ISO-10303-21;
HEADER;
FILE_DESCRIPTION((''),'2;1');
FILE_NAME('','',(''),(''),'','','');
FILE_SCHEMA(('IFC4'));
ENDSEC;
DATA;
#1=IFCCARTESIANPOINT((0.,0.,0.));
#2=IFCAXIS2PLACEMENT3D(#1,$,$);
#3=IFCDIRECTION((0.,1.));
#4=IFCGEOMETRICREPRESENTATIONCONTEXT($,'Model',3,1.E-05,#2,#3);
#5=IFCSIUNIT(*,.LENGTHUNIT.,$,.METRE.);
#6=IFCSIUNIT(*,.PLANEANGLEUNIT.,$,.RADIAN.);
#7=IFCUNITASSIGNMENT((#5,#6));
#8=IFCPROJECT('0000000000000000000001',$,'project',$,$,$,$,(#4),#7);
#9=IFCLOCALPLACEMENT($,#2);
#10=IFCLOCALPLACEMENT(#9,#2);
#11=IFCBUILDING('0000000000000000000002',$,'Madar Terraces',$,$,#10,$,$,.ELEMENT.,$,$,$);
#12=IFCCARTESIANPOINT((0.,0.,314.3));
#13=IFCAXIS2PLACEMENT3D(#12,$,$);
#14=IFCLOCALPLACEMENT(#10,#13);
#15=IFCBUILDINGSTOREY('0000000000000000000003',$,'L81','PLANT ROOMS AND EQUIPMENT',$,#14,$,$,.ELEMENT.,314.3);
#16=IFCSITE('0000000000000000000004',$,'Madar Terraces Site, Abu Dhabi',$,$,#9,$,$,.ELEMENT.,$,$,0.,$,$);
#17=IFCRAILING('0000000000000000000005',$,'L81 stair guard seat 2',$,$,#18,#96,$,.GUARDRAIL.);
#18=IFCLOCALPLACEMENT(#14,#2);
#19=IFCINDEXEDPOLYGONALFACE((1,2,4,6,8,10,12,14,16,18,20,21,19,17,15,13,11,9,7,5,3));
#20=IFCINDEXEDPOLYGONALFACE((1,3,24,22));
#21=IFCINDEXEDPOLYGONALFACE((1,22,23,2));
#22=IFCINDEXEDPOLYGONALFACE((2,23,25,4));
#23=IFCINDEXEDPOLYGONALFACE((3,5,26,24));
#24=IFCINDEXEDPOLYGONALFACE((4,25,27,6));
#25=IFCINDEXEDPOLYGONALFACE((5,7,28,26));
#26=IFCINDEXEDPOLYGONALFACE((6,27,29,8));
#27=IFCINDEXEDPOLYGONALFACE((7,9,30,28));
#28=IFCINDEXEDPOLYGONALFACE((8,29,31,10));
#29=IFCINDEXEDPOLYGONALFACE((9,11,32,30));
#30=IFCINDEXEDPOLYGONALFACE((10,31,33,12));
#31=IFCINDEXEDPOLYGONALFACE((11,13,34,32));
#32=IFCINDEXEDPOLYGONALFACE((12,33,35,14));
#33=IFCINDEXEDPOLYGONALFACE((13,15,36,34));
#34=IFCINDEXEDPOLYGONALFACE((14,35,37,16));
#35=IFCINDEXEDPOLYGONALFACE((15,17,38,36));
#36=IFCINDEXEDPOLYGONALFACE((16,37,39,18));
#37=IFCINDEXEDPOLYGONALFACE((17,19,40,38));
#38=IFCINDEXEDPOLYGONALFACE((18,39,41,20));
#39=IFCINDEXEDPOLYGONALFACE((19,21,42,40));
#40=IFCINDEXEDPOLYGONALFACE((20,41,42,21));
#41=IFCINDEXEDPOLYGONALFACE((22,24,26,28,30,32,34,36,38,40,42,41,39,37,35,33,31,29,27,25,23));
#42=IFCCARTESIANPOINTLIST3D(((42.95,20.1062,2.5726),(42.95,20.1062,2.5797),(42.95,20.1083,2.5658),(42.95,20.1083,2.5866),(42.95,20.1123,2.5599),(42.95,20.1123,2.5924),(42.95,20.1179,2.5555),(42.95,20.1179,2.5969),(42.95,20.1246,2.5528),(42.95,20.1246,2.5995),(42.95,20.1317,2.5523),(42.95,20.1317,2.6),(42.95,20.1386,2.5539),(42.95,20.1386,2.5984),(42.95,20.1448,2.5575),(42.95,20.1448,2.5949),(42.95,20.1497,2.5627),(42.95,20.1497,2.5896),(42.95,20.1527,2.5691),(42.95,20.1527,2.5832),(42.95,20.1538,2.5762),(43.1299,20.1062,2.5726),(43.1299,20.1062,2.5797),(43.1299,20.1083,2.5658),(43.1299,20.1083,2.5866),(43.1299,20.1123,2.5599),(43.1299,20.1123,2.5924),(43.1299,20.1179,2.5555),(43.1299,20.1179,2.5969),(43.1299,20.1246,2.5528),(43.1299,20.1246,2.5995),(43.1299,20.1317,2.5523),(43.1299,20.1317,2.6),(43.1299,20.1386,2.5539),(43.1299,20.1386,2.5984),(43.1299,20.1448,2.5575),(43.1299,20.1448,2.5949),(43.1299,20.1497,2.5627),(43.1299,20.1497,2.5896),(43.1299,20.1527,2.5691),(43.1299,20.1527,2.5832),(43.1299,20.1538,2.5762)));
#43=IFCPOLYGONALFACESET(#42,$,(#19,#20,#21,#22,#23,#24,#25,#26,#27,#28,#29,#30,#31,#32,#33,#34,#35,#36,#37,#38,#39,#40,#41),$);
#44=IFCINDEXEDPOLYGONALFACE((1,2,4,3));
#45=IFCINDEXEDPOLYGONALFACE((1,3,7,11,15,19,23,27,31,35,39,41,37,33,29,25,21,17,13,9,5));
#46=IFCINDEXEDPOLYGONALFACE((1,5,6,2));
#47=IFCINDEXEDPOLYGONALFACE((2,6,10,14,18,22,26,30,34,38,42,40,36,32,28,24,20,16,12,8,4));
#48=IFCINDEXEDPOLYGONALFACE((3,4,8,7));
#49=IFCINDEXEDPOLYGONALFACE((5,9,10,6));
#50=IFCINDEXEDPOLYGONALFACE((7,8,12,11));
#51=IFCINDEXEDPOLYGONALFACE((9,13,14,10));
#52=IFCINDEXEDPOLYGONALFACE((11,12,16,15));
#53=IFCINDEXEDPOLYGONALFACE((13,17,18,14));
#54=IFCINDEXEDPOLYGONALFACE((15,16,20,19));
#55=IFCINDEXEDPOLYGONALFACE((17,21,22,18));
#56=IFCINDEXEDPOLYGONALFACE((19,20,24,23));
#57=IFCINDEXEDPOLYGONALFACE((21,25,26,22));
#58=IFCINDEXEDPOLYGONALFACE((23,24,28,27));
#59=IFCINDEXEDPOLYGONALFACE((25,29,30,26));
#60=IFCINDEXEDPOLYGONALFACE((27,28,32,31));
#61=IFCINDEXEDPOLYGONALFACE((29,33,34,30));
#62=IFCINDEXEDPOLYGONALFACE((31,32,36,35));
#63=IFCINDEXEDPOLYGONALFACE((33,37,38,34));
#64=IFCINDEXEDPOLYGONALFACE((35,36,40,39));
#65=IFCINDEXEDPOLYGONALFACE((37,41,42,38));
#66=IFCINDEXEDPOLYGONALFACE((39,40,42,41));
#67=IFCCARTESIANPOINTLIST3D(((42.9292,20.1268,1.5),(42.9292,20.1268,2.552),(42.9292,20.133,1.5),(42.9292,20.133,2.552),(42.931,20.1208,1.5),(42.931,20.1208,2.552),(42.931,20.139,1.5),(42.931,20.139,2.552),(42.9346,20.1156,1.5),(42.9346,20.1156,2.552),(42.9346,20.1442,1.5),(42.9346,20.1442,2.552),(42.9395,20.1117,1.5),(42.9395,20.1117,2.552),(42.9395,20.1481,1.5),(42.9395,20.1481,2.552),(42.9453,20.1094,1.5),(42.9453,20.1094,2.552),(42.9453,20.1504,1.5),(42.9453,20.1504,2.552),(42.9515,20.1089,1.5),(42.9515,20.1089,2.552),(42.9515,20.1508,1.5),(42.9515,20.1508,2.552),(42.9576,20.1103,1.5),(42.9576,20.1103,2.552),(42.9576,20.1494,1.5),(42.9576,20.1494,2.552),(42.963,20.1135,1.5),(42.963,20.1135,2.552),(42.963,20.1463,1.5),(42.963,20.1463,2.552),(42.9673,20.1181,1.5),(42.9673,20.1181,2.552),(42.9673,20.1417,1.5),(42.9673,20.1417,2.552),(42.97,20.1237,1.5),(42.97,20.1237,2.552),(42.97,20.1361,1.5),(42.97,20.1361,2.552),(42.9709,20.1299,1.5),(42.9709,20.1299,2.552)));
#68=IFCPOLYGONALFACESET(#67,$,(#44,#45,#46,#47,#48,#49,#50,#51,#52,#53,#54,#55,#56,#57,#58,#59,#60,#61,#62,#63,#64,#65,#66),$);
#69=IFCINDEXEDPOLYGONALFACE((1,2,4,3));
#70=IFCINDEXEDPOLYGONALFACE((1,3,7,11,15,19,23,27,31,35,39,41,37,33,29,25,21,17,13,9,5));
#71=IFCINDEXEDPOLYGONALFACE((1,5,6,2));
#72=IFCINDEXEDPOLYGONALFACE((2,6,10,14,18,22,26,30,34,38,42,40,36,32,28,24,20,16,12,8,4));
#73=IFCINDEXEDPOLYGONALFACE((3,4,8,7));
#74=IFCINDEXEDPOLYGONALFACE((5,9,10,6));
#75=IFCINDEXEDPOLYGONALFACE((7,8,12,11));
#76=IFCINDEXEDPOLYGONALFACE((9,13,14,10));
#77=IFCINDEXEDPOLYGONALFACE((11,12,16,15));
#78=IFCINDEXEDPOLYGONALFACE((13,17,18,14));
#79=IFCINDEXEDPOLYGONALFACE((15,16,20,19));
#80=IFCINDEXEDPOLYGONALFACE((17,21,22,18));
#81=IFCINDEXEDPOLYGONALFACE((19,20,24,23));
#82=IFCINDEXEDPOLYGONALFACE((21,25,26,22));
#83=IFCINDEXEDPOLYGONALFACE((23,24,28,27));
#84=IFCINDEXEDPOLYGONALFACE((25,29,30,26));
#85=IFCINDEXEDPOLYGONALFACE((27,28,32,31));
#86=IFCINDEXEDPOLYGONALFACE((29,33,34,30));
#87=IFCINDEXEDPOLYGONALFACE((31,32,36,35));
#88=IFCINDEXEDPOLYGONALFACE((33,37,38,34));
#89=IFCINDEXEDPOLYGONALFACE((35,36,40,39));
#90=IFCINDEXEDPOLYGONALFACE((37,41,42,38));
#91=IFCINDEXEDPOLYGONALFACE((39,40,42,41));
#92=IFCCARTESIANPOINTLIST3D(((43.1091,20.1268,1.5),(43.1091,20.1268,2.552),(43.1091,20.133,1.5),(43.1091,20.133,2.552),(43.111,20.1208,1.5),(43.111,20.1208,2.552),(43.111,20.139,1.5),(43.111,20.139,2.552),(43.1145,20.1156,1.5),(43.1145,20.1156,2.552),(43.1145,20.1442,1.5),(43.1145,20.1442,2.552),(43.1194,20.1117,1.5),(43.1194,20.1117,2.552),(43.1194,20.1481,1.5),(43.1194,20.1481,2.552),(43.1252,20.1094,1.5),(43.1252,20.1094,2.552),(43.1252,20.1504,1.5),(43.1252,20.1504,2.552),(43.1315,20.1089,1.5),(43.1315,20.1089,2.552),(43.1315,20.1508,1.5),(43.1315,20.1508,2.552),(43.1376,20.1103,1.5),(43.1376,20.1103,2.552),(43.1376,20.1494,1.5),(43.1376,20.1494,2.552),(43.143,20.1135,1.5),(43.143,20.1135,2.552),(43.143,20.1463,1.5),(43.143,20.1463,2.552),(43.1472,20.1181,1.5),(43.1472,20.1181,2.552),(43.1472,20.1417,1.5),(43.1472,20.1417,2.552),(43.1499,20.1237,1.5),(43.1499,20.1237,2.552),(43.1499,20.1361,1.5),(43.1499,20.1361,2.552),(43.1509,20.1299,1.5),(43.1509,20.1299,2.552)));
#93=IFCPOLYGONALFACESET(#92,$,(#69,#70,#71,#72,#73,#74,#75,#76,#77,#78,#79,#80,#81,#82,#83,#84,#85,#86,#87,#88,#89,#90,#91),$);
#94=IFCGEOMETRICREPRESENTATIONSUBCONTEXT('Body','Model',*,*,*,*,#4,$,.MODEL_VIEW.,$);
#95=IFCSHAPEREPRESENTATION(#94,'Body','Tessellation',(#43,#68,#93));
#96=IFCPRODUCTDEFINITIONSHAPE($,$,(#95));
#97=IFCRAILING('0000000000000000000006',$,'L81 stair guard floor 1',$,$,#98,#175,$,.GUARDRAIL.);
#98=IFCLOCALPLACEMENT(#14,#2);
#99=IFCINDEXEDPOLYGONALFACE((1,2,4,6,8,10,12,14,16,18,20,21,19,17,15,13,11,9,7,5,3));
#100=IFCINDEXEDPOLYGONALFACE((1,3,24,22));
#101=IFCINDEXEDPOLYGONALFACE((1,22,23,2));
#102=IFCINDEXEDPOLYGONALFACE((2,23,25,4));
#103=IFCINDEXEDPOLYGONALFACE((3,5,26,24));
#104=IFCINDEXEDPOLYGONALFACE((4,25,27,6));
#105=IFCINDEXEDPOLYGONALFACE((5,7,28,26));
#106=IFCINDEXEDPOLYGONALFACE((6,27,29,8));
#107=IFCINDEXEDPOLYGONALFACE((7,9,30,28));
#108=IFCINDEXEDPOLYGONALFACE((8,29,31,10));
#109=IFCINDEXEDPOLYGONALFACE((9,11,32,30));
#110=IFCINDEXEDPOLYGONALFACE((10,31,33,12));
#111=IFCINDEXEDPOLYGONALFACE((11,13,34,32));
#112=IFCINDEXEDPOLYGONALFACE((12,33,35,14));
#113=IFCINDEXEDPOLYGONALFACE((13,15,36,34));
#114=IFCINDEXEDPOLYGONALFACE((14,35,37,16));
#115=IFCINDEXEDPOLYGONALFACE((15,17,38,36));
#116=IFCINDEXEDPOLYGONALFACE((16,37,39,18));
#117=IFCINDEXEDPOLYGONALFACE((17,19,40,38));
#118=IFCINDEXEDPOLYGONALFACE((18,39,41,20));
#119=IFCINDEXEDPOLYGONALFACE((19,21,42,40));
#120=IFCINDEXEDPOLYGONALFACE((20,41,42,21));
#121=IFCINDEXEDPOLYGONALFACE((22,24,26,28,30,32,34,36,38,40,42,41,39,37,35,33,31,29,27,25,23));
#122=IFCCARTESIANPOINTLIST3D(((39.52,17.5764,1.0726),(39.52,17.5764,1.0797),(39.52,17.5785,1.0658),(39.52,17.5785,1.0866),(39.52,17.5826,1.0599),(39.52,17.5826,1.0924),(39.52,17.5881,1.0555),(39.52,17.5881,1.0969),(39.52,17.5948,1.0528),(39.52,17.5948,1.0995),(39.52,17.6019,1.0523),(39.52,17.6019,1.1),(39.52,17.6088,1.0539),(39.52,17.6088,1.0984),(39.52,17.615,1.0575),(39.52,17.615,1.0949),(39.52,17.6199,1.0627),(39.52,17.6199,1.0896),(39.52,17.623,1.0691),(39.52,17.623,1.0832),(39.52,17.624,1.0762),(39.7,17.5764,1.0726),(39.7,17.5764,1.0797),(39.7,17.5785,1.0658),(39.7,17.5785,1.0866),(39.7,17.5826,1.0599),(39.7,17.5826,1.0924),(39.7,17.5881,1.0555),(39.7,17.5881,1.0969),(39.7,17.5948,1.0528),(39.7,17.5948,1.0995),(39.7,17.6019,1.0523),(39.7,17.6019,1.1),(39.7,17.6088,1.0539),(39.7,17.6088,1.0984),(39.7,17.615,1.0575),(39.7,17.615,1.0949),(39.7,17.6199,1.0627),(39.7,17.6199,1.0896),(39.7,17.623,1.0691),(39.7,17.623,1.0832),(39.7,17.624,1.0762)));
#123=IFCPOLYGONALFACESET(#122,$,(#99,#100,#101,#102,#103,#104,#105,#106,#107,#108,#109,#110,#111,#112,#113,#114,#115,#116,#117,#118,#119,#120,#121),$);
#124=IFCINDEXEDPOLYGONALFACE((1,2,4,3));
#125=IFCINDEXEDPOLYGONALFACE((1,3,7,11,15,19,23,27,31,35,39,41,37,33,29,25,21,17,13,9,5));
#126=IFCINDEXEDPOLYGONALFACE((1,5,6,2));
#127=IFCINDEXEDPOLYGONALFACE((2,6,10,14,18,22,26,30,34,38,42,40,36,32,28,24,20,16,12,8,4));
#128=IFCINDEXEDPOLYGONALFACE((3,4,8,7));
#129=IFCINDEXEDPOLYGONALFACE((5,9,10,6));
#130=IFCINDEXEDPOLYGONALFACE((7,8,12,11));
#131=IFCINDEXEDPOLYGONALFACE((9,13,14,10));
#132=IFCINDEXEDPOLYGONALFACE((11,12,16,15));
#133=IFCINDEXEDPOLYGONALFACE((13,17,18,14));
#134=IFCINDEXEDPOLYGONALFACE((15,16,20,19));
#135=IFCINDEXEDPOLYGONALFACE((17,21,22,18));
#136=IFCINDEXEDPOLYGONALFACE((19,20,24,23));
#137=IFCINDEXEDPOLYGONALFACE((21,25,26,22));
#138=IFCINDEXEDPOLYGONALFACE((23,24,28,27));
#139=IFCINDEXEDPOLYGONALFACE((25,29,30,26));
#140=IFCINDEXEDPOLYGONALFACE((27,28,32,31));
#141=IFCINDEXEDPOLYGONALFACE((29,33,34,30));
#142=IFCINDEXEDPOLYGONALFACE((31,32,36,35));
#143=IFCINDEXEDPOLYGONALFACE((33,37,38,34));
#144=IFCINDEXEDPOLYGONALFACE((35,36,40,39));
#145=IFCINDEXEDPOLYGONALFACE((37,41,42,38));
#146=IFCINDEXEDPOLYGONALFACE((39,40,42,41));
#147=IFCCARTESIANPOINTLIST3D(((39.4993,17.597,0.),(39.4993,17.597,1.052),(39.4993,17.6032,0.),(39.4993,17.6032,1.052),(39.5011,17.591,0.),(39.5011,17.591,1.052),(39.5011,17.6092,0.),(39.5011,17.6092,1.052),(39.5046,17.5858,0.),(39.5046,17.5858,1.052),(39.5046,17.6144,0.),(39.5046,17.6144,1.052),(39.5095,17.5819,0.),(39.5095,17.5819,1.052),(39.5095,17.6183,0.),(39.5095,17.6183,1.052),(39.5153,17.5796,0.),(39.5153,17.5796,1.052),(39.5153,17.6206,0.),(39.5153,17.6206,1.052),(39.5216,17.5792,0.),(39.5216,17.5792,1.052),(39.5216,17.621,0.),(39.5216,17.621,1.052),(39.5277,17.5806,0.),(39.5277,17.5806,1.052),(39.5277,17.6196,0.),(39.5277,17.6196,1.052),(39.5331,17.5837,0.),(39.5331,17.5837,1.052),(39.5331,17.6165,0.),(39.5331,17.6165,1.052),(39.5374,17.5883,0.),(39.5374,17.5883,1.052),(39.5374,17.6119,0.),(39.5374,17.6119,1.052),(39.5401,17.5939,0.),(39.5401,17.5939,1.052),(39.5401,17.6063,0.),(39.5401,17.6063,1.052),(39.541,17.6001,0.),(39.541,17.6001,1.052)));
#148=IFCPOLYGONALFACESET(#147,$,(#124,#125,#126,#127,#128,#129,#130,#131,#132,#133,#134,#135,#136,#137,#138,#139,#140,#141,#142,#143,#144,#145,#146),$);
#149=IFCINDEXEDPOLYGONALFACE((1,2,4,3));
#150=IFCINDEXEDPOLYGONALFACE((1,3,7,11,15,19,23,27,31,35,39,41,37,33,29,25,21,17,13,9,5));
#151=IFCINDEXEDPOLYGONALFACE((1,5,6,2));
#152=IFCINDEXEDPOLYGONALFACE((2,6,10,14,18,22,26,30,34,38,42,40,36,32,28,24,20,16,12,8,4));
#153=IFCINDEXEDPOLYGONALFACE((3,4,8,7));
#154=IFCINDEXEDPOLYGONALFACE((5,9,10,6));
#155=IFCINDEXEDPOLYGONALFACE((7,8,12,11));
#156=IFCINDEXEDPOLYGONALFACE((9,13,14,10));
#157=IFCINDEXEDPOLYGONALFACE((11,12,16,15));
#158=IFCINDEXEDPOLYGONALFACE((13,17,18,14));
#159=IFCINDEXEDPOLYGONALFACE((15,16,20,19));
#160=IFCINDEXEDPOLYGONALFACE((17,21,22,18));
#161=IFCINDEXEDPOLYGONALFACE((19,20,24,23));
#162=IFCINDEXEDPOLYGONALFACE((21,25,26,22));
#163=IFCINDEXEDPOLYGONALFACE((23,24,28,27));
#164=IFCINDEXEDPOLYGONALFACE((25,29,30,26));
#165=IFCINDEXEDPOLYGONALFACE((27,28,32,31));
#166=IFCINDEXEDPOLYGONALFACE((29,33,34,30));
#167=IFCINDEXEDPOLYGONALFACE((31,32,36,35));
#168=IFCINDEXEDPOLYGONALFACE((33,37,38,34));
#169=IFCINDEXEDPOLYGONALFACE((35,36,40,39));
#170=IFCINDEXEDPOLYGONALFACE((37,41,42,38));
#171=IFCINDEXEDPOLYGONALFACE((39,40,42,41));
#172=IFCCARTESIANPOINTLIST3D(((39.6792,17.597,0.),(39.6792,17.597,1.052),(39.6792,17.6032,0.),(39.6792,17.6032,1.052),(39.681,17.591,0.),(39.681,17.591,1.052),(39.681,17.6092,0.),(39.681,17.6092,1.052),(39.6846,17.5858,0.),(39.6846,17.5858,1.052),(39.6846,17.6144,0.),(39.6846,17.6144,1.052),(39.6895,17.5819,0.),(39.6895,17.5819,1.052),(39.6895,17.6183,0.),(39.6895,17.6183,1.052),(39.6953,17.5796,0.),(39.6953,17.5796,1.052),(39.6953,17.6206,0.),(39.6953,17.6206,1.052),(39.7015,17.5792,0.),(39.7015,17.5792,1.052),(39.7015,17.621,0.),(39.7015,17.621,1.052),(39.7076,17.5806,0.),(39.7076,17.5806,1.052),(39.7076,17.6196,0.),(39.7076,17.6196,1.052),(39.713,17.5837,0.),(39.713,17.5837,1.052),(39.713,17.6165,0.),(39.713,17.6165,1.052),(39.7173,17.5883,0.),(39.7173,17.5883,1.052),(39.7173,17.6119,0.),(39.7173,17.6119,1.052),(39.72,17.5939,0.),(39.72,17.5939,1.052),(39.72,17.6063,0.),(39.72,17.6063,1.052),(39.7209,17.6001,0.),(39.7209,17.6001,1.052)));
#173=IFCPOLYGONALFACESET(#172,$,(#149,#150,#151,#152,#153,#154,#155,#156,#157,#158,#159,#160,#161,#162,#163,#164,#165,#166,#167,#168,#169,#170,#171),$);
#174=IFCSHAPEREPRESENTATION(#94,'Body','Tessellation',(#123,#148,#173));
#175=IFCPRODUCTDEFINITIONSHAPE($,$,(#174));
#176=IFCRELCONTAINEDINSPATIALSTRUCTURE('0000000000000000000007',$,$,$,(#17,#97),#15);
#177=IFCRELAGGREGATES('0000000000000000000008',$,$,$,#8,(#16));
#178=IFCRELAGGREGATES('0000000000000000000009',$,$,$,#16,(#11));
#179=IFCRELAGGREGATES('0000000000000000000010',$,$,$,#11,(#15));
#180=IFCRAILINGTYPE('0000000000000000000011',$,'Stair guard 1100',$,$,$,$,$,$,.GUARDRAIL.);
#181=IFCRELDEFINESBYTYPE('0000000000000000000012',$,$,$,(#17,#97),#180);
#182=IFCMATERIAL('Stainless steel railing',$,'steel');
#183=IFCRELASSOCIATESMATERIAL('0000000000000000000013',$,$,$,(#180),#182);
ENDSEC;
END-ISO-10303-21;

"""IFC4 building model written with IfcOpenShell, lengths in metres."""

from ifc_helpers import new_model, si_unit, direction, frame, origin, origin_2d, place, context, subcontext, project, spatial, circle, extrude, material, type_object, element, save


model = new_model("IFC4")

# Units and contexts
model_context = context("Model", 3, precision=1e-05, world=origin(), true_north=direction((0.0, 1.0)))
body_context = subcontext(model_context, "Body", "Model", "MODEL_VIEW")
ifc_project = project(units=[si_unit("LENGTHUNIT", "METRE"), si_unit("PLANEANGLEUNIT", "RADIAN")], contexts=[model_context])

# Site, building, storey
site_placement = place(None, origin())
site = spatial("IfcSite", under=ifc_project, at=site_placement, Name="Madar Terraces Site, Abu Dhabi", CompositionType="ELEMENT", RefElevation=0.0)
building_placement = place(site_placement, origin())
building = spatial("IfcBuilding", under=site, at=building_placement, Name="Madar Terraces", CompositionType="ELEMENT")
storey_placement = place(building_placement, frame((0.0, 0.0, 314.3)))
storey = spatial("IfcBuildingStorey", under=building, at=storey_placement, Name="L81", Description="PLANT ROOMS AND EQUIPMENT", CompositionType="ELEMENT", Elevation=314.3)

# Railings
ifc_material_1 = material(Name="Stainless steel railing", Category="steel")
railing_type_1 = type_object("IfcRailingType", Name="Stair guard 1100", PredefinedType="GUARDRAIL", material=ifc_material_1)
for number, where, name in (
    (1, (42.95, 20.1299, 1.5), "L81 stair guard seat 2"),
    (2, (39.52, 17.6001, 0.0), "L81 stair guard floor 1"),
):
    element("IfcRailing", number, at=place(storey_placement, frame(where)), inside=storey, type_object=railing_type_1, Name=name, PredefinedType="GUARDRAIL", context=body_context, shape_type="SweptSolid", body=[
        extrude(circle(Radius=0.0239, at=origin_2d()), frame((0.0, 0.0, 1.0762), z_axis=(1.0, 0.0, 0.0), x_axis=(0.0, 1.0, 0.0)), (0.0, 0.0, 1.0), 0.1799),
        extrude(circle(Radius=0.021, at=origin_2d()), origin(), (0.0, 0.0, 1.0), 1.052),
        extrude(circle(Radius=0.021, at=origin_2d()), frame((0.1799, 0.0, 0.0)), (0.0, 0.0, 1.0), 1.052),
    ])

save(model, "model.ifc")
